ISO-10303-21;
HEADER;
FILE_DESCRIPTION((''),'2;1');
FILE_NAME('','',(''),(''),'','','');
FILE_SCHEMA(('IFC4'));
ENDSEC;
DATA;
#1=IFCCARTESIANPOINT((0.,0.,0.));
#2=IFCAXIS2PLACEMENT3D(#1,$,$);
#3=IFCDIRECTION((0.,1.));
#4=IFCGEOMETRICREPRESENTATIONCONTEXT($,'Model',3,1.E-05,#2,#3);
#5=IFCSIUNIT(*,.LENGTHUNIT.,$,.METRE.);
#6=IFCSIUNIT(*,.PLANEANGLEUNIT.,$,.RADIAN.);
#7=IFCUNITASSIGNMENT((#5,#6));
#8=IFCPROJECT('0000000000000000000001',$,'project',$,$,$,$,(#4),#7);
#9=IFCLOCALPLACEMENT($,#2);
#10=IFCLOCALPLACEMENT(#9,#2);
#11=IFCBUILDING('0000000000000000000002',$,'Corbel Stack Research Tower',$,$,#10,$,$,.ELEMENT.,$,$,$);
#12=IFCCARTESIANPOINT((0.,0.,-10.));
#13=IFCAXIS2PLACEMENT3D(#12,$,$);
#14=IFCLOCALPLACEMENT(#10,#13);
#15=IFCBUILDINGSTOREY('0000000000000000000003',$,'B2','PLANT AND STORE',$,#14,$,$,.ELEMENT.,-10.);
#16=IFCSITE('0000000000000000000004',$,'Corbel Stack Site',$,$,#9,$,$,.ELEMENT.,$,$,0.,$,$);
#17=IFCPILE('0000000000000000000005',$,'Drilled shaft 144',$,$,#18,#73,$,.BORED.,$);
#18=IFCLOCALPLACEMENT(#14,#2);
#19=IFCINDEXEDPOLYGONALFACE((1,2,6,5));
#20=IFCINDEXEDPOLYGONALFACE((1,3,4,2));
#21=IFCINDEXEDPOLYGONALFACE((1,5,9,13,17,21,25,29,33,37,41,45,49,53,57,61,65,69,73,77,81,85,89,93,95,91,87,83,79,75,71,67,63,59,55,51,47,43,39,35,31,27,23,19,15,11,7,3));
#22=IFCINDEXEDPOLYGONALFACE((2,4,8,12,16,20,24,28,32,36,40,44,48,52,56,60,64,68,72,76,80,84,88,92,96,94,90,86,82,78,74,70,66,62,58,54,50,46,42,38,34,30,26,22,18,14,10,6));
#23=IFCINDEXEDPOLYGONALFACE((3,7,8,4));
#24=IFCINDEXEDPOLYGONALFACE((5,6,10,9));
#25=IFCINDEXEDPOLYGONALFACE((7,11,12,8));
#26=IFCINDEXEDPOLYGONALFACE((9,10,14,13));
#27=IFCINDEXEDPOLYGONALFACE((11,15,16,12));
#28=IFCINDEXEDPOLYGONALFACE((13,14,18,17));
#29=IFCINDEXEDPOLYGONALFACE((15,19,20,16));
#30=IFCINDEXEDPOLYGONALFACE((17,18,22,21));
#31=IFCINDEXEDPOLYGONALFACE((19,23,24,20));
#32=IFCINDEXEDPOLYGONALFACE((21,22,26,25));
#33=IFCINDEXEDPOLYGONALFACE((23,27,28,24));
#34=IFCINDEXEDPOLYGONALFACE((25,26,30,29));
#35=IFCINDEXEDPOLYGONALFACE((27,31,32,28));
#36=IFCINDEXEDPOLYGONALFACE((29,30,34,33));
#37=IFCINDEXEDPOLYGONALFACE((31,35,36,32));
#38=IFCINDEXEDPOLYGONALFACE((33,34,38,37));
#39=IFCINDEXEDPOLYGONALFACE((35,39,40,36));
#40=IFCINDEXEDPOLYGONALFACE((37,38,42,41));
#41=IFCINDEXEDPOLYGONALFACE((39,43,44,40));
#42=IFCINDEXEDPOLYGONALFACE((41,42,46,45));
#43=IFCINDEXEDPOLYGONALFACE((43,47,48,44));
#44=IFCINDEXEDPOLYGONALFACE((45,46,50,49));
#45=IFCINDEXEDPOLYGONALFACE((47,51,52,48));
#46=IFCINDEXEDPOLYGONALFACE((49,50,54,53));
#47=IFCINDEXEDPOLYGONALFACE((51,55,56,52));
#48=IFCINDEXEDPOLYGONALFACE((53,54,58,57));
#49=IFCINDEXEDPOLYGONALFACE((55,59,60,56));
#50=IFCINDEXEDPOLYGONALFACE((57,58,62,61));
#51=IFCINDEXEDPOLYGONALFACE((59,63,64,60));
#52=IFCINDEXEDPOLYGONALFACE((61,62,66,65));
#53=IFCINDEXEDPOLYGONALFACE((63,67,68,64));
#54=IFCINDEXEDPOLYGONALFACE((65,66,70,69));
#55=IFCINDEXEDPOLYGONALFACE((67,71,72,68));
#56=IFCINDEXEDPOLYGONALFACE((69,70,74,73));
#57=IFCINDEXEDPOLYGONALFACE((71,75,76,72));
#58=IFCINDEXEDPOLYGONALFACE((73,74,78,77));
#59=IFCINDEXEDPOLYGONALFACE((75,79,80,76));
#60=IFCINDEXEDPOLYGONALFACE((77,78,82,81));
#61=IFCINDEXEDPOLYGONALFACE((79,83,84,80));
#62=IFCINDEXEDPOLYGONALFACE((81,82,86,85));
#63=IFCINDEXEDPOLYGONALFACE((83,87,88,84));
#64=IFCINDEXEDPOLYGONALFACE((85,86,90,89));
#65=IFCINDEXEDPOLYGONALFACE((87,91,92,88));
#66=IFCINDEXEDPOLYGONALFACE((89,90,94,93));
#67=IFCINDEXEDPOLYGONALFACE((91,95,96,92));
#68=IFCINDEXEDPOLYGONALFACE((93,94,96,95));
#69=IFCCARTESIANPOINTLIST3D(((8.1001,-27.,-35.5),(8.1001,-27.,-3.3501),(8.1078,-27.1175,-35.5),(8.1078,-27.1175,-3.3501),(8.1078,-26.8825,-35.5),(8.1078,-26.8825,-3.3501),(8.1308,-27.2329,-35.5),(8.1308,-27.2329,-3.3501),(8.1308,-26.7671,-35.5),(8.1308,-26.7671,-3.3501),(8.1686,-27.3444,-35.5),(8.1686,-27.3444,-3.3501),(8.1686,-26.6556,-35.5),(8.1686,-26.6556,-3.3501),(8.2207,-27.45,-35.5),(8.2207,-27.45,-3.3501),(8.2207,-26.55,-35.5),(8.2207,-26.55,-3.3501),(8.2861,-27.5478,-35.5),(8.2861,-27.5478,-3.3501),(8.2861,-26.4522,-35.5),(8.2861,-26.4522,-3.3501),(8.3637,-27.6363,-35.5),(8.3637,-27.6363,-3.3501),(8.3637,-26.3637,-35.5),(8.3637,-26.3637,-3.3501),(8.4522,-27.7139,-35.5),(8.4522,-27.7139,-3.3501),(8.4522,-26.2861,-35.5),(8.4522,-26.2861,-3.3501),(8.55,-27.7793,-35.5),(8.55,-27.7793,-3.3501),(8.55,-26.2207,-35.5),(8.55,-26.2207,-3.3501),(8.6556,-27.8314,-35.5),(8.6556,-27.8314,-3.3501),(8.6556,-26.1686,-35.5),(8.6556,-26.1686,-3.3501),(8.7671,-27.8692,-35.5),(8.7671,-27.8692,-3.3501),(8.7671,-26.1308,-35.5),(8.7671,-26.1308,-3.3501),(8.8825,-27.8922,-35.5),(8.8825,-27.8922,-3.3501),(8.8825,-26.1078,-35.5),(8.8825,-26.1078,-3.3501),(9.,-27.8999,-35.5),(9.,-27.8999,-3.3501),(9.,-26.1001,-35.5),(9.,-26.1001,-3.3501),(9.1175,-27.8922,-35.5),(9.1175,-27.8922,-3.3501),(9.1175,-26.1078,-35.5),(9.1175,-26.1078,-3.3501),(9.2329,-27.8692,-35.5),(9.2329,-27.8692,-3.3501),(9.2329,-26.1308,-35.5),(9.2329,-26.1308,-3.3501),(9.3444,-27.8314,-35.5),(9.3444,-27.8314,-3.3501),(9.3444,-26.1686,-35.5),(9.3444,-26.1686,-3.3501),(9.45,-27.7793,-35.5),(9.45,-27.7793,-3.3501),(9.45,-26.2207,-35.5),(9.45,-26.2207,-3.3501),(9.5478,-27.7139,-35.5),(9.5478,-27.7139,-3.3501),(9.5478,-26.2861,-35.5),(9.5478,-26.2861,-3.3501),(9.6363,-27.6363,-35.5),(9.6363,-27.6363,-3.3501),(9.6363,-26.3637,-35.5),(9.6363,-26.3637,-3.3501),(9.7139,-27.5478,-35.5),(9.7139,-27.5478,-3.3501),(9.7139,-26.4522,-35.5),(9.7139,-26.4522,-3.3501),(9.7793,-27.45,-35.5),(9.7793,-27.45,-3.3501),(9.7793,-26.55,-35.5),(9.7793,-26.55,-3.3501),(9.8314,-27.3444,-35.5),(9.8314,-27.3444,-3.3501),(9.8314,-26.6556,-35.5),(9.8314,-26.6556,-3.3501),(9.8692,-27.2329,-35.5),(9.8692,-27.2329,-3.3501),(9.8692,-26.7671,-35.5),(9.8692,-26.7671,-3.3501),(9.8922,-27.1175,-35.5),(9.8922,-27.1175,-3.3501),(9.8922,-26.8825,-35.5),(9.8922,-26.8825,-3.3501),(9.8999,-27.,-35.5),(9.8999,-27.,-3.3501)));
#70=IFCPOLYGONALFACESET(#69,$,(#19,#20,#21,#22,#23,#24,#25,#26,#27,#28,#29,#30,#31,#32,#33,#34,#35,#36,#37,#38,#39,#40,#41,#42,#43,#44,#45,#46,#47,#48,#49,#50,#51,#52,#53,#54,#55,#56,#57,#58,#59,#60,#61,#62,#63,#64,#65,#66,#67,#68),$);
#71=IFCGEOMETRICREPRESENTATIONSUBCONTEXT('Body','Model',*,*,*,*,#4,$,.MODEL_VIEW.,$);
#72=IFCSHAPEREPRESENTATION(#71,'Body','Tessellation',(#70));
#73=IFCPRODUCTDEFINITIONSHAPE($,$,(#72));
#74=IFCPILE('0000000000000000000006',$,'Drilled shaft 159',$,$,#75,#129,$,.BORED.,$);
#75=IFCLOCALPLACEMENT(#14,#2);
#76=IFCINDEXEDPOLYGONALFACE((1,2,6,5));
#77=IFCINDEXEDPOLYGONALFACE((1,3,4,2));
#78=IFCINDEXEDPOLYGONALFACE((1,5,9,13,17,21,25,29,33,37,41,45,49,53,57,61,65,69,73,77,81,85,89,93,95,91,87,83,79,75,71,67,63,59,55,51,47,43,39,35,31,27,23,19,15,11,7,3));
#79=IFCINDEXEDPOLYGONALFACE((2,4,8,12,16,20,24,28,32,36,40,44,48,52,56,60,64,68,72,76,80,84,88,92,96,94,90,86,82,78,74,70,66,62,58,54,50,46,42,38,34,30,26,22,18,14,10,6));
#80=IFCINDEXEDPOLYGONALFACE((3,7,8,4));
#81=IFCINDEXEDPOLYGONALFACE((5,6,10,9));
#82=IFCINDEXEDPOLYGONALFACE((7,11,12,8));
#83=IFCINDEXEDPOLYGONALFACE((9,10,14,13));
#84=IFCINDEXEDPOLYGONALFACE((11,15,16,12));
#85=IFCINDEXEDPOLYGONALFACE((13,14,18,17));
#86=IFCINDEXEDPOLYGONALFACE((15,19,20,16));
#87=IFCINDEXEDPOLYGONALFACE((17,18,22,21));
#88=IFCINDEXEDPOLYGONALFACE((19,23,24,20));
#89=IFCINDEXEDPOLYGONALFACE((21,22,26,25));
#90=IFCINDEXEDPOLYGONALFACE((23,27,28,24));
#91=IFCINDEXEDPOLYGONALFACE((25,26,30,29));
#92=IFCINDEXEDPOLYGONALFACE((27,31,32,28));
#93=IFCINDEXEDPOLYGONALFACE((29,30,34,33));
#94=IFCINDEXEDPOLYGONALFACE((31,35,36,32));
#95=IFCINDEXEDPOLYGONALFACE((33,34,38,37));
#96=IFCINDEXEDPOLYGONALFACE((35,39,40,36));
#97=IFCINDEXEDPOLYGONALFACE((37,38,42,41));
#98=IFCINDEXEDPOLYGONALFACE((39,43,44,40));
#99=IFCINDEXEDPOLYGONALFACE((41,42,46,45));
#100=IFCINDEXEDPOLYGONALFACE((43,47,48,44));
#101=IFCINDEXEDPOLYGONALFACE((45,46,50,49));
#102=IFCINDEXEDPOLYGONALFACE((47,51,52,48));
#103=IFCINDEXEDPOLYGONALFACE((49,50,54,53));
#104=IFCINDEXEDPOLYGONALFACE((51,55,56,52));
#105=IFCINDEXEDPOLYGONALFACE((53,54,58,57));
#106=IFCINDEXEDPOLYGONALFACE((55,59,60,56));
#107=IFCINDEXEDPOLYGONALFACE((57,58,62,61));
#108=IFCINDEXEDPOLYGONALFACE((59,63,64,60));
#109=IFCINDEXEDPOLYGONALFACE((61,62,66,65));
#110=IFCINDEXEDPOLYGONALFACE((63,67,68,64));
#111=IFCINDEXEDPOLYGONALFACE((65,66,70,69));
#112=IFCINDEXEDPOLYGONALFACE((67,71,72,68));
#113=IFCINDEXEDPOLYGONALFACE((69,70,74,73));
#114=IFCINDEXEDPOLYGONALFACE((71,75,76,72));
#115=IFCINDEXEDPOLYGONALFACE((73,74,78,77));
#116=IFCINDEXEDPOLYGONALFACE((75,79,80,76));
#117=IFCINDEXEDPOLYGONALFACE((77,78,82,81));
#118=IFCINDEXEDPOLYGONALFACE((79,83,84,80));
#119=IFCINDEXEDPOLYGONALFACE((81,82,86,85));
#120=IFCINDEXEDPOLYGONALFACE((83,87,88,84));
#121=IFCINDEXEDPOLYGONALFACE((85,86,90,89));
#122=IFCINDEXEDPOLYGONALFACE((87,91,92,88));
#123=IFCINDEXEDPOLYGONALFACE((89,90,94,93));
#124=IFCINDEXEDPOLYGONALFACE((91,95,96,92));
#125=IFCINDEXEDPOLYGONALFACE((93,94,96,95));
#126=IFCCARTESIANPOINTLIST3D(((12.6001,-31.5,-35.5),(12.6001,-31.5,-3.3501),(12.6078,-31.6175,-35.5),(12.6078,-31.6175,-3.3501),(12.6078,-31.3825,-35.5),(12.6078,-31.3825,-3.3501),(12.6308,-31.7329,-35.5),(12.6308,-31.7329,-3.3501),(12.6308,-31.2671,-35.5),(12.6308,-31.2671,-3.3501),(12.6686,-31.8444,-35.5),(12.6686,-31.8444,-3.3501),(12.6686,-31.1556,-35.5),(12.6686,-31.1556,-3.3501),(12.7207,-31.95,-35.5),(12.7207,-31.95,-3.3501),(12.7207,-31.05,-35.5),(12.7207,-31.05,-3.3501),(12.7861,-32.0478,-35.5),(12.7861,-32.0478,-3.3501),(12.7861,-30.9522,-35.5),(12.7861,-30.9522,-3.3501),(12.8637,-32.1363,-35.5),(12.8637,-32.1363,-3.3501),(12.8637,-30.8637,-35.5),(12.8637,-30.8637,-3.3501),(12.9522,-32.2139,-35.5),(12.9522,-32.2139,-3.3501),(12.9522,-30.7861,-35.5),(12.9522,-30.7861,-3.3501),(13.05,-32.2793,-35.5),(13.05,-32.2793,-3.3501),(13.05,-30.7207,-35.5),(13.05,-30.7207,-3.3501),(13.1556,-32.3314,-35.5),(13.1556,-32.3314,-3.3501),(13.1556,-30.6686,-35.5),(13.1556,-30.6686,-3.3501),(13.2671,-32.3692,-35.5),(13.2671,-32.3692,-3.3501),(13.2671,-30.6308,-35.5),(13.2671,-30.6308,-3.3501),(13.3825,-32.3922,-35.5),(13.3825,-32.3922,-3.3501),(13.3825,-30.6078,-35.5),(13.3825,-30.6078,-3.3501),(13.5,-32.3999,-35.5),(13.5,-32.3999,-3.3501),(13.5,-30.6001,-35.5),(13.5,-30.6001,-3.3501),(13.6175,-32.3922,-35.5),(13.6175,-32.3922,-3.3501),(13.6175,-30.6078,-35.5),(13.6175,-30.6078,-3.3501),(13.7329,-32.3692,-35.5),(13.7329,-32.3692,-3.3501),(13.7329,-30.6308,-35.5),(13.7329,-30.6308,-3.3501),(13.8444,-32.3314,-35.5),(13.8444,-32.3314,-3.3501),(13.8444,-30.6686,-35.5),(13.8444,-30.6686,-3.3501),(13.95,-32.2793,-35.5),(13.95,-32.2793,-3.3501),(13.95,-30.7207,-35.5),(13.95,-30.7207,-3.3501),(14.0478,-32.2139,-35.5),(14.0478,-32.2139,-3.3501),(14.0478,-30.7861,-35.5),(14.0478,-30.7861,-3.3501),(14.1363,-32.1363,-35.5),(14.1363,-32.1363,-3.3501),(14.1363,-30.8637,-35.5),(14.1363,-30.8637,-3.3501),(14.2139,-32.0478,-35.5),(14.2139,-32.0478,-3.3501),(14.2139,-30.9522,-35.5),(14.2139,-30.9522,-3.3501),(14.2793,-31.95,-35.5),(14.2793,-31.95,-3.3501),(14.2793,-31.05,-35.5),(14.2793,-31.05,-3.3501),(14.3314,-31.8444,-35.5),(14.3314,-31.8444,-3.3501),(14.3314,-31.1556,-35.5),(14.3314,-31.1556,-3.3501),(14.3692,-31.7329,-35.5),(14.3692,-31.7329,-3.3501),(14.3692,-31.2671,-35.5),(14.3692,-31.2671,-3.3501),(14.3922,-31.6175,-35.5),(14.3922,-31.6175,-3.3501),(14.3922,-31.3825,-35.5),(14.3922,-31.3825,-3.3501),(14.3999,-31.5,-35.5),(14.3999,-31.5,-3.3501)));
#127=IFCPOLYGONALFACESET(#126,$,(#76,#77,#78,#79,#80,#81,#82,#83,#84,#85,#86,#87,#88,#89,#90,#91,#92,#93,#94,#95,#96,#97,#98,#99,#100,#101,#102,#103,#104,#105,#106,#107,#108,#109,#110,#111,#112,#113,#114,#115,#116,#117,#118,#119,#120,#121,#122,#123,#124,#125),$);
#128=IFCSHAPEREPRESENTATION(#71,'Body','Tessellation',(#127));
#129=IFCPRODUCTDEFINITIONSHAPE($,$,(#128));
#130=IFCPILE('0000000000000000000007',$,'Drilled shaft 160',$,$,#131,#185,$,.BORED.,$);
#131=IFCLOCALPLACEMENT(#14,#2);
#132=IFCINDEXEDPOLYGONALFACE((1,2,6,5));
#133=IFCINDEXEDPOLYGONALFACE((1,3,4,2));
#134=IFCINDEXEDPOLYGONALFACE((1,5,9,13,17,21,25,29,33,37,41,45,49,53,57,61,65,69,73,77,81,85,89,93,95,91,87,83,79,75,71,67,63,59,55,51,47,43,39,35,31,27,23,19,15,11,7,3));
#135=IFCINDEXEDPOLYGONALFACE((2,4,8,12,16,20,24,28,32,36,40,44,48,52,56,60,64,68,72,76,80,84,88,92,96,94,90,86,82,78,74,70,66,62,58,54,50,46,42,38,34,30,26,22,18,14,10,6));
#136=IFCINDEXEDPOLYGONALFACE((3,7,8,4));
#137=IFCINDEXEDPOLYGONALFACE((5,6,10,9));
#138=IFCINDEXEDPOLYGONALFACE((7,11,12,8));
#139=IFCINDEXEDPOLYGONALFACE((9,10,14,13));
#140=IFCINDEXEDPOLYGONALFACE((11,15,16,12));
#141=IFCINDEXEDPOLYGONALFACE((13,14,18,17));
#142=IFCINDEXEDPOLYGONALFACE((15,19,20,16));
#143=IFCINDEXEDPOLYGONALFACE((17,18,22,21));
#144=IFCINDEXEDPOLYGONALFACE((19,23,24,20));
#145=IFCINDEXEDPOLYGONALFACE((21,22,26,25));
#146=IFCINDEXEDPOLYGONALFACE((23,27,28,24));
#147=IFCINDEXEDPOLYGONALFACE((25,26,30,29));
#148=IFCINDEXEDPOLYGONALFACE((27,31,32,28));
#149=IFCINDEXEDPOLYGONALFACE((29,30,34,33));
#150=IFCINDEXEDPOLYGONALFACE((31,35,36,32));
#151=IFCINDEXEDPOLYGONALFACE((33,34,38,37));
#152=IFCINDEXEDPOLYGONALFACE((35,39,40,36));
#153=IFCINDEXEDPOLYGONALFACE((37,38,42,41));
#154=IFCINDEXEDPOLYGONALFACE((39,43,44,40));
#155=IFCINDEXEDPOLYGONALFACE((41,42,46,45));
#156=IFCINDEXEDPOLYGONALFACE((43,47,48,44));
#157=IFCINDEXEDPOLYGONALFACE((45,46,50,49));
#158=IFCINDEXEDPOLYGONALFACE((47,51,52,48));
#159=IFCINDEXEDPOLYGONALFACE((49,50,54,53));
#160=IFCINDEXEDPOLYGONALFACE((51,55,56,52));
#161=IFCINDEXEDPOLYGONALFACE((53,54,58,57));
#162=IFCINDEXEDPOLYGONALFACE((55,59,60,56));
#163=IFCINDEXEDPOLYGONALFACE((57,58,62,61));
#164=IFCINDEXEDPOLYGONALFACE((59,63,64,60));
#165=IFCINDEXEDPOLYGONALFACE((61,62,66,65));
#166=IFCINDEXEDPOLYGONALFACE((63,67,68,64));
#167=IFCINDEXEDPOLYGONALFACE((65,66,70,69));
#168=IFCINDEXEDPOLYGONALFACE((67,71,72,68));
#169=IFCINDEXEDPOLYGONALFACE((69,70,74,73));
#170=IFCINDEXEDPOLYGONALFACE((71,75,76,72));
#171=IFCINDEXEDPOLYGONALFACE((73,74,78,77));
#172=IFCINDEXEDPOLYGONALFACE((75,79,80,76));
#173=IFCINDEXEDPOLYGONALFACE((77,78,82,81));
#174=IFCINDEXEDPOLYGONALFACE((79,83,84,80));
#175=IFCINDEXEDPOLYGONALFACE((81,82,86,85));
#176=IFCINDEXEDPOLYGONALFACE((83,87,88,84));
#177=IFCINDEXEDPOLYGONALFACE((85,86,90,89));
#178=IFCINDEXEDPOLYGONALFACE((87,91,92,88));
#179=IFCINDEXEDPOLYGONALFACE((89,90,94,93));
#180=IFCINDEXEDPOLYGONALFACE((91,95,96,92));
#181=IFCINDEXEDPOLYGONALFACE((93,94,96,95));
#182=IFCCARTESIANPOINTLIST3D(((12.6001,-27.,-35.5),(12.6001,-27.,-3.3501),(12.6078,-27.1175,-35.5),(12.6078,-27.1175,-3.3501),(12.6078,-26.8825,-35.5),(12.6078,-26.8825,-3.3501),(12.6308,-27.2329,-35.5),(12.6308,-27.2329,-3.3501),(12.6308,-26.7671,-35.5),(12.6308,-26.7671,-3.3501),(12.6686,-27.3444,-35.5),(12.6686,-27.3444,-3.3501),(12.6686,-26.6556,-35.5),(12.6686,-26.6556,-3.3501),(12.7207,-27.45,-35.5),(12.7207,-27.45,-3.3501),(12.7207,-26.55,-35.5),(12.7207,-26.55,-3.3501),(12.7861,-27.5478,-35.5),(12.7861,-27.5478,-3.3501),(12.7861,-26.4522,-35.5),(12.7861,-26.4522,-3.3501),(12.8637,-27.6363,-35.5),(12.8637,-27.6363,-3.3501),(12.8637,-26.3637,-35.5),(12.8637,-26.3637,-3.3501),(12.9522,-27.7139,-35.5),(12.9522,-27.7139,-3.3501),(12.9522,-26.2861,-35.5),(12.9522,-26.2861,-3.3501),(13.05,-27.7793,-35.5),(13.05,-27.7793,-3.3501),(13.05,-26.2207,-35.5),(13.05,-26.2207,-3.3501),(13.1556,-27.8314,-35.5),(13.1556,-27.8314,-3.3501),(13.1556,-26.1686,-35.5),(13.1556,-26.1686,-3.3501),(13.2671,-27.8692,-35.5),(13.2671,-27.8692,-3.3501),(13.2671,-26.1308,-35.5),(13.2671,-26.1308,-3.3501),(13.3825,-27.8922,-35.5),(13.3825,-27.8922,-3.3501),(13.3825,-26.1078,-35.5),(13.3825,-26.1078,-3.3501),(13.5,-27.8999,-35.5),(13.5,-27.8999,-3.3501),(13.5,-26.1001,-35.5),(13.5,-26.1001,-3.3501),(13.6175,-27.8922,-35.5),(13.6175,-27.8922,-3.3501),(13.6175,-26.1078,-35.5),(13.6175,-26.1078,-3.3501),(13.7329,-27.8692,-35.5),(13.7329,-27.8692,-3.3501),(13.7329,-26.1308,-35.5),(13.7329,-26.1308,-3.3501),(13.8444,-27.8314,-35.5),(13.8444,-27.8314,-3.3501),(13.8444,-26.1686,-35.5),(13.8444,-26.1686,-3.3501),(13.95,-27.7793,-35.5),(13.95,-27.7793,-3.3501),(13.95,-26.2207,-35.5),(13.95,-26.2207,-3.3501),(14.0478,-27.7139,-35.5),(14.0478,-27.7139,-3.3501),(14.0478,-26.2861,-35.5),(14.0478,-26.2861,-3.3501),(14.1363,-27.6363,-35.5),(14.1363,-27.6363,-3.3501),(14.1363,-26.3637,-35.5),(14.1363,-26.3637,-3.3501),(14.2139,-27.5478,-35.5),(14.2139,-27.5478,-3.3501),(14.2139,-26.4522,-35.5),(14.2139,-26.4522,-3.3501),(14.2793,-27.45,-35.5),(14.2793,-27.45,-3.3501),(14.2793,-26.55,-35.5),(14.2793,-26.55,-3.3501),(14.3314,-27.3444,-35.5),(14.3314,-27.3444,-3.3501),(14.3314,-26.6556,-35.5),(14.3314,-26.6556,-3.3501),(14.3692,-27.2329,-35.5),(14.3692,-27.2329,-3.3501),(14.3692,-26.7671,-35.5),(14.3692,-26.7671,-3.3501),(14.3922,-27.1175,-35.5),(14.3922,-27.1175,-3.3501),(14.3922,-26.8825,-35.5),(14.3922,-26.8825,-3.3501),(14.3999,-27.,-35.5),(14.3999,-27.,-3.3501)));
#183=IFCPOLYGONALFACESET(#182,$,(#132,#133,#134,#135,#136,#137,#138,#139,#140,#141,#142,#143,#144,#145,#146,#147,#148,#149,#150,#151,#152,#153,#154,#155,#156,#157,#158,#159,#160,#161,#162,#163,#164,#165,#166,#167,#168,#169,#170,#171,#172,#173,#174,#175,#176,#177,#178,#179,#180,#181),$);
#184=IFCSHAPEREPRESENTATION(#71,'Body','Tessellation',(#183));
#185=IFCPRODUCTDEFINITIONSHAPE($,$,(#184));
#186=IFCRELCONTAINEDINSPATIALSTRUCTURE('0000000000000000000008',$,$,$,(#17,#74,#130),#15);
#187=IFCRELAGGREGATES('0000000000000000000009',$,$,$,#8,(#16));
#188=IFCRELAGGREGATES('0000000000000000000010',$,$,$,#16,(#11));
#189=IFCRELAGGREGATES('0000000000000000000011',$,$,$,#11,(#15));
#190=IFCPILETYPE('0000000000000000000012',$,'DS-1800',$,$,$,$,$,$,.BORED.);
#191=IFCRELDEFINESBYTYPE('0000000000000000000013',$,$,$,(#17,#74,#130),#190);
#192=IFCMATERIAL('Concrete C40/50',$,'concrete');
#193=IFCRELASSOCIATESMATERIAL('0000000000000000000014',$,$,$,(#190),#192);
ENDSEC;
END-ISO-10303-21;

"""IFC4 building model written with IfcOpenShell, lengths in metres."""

from ifc_helpers import new_model, si_unit, direction, frame, origin, origin_2d, place, context, subcontext, project, spatial, circle, extrude, material, material_profile, profile_set, type_object, element, save


model = new_model("IFC4")

# Units and contexts
model_context = context("Model", 3, precision=1e-05, world=origin(), true_north=direction((0.0, 1.0)))
body_context = subcontext(model_context, "Body", "Model", "MODEL_VIEW")
ifc_project = project(units=[si_unit("LENGTHUNIT", "METRE"), si_unit("PLANEANGLEUNIT", "RADIAN")], contexts=[model_context])

# Site, building, storey
site_placement = place(None, origin())
site = spatial("IfcSite", under=ifc_project, at=site_placement, Name="Corbel Stack Site", CompositionType="ELEMENT", RefElevation=0.0)
building_placement = place(site_placement, origin())
building = spatial("IfcBuilding", under=site, at=building_placement, Name="Corbel Stack Research Tower", CompositionType="ELEMENT")
storey_placement = place(building_placement, frame((0.0, 0.0, -10.0)))
storey = spatial("IfcBuildingStorey", under=building, at=storey_placement, Name="B2", Description="PLANT AND STORE", CompositionType="ELEMENT", Elevation=-10.0)

# Piles
ifc_material_1 = material(Name="Concrete C40/50", Category="concrete")
ifc_material_profile_1 = material_profile(ifc_material_1, circle(Radius=0.8999, at=origin_2d()), Name="Shaft 1800")
ifc_profile_set_1 = profile_set([ifc_material_profile_1], Name="Concrete C40/50")
pile_type = type_object("IfcPileType", Name="DS-1800", PredefinedType="BORED", material=ifc_profile_set_1)
for number, where, z_axis, x_axis, name in (
    (1, (9.0, -27.0, -3.3501), (0.0, 0.0, -1.0), (1.0, 0.0, 0.0), "Drilled shaft 144"),
    (2, (13.5, -31.5, -3.3501), (0.0, 0.0, -1.0), (1.0, 0.0, 0.0), "Drilled shaft 159"),
    (3, (13.5, -27.0, -3.3501), (0.0, 0.0, -1.0), (1.0, 0.0, 0.0), "Drilled shaft 160"),
):
    element("IfcPile", number, at=place(storey_placement, frame(where, z_axis=z_axis, x_axis=x_axis)), inside=storey, type_object=pile_type, Name=name, PredefinedType="BORED", context=body_context, shape_type="SweptSolid", body=[
        extrude(circle(Radius=0.8999, at=origin_2d()), origin(), (0.0, 0.0, 1.0), 32.1499),
    ])

save(model, "model.ifc")
